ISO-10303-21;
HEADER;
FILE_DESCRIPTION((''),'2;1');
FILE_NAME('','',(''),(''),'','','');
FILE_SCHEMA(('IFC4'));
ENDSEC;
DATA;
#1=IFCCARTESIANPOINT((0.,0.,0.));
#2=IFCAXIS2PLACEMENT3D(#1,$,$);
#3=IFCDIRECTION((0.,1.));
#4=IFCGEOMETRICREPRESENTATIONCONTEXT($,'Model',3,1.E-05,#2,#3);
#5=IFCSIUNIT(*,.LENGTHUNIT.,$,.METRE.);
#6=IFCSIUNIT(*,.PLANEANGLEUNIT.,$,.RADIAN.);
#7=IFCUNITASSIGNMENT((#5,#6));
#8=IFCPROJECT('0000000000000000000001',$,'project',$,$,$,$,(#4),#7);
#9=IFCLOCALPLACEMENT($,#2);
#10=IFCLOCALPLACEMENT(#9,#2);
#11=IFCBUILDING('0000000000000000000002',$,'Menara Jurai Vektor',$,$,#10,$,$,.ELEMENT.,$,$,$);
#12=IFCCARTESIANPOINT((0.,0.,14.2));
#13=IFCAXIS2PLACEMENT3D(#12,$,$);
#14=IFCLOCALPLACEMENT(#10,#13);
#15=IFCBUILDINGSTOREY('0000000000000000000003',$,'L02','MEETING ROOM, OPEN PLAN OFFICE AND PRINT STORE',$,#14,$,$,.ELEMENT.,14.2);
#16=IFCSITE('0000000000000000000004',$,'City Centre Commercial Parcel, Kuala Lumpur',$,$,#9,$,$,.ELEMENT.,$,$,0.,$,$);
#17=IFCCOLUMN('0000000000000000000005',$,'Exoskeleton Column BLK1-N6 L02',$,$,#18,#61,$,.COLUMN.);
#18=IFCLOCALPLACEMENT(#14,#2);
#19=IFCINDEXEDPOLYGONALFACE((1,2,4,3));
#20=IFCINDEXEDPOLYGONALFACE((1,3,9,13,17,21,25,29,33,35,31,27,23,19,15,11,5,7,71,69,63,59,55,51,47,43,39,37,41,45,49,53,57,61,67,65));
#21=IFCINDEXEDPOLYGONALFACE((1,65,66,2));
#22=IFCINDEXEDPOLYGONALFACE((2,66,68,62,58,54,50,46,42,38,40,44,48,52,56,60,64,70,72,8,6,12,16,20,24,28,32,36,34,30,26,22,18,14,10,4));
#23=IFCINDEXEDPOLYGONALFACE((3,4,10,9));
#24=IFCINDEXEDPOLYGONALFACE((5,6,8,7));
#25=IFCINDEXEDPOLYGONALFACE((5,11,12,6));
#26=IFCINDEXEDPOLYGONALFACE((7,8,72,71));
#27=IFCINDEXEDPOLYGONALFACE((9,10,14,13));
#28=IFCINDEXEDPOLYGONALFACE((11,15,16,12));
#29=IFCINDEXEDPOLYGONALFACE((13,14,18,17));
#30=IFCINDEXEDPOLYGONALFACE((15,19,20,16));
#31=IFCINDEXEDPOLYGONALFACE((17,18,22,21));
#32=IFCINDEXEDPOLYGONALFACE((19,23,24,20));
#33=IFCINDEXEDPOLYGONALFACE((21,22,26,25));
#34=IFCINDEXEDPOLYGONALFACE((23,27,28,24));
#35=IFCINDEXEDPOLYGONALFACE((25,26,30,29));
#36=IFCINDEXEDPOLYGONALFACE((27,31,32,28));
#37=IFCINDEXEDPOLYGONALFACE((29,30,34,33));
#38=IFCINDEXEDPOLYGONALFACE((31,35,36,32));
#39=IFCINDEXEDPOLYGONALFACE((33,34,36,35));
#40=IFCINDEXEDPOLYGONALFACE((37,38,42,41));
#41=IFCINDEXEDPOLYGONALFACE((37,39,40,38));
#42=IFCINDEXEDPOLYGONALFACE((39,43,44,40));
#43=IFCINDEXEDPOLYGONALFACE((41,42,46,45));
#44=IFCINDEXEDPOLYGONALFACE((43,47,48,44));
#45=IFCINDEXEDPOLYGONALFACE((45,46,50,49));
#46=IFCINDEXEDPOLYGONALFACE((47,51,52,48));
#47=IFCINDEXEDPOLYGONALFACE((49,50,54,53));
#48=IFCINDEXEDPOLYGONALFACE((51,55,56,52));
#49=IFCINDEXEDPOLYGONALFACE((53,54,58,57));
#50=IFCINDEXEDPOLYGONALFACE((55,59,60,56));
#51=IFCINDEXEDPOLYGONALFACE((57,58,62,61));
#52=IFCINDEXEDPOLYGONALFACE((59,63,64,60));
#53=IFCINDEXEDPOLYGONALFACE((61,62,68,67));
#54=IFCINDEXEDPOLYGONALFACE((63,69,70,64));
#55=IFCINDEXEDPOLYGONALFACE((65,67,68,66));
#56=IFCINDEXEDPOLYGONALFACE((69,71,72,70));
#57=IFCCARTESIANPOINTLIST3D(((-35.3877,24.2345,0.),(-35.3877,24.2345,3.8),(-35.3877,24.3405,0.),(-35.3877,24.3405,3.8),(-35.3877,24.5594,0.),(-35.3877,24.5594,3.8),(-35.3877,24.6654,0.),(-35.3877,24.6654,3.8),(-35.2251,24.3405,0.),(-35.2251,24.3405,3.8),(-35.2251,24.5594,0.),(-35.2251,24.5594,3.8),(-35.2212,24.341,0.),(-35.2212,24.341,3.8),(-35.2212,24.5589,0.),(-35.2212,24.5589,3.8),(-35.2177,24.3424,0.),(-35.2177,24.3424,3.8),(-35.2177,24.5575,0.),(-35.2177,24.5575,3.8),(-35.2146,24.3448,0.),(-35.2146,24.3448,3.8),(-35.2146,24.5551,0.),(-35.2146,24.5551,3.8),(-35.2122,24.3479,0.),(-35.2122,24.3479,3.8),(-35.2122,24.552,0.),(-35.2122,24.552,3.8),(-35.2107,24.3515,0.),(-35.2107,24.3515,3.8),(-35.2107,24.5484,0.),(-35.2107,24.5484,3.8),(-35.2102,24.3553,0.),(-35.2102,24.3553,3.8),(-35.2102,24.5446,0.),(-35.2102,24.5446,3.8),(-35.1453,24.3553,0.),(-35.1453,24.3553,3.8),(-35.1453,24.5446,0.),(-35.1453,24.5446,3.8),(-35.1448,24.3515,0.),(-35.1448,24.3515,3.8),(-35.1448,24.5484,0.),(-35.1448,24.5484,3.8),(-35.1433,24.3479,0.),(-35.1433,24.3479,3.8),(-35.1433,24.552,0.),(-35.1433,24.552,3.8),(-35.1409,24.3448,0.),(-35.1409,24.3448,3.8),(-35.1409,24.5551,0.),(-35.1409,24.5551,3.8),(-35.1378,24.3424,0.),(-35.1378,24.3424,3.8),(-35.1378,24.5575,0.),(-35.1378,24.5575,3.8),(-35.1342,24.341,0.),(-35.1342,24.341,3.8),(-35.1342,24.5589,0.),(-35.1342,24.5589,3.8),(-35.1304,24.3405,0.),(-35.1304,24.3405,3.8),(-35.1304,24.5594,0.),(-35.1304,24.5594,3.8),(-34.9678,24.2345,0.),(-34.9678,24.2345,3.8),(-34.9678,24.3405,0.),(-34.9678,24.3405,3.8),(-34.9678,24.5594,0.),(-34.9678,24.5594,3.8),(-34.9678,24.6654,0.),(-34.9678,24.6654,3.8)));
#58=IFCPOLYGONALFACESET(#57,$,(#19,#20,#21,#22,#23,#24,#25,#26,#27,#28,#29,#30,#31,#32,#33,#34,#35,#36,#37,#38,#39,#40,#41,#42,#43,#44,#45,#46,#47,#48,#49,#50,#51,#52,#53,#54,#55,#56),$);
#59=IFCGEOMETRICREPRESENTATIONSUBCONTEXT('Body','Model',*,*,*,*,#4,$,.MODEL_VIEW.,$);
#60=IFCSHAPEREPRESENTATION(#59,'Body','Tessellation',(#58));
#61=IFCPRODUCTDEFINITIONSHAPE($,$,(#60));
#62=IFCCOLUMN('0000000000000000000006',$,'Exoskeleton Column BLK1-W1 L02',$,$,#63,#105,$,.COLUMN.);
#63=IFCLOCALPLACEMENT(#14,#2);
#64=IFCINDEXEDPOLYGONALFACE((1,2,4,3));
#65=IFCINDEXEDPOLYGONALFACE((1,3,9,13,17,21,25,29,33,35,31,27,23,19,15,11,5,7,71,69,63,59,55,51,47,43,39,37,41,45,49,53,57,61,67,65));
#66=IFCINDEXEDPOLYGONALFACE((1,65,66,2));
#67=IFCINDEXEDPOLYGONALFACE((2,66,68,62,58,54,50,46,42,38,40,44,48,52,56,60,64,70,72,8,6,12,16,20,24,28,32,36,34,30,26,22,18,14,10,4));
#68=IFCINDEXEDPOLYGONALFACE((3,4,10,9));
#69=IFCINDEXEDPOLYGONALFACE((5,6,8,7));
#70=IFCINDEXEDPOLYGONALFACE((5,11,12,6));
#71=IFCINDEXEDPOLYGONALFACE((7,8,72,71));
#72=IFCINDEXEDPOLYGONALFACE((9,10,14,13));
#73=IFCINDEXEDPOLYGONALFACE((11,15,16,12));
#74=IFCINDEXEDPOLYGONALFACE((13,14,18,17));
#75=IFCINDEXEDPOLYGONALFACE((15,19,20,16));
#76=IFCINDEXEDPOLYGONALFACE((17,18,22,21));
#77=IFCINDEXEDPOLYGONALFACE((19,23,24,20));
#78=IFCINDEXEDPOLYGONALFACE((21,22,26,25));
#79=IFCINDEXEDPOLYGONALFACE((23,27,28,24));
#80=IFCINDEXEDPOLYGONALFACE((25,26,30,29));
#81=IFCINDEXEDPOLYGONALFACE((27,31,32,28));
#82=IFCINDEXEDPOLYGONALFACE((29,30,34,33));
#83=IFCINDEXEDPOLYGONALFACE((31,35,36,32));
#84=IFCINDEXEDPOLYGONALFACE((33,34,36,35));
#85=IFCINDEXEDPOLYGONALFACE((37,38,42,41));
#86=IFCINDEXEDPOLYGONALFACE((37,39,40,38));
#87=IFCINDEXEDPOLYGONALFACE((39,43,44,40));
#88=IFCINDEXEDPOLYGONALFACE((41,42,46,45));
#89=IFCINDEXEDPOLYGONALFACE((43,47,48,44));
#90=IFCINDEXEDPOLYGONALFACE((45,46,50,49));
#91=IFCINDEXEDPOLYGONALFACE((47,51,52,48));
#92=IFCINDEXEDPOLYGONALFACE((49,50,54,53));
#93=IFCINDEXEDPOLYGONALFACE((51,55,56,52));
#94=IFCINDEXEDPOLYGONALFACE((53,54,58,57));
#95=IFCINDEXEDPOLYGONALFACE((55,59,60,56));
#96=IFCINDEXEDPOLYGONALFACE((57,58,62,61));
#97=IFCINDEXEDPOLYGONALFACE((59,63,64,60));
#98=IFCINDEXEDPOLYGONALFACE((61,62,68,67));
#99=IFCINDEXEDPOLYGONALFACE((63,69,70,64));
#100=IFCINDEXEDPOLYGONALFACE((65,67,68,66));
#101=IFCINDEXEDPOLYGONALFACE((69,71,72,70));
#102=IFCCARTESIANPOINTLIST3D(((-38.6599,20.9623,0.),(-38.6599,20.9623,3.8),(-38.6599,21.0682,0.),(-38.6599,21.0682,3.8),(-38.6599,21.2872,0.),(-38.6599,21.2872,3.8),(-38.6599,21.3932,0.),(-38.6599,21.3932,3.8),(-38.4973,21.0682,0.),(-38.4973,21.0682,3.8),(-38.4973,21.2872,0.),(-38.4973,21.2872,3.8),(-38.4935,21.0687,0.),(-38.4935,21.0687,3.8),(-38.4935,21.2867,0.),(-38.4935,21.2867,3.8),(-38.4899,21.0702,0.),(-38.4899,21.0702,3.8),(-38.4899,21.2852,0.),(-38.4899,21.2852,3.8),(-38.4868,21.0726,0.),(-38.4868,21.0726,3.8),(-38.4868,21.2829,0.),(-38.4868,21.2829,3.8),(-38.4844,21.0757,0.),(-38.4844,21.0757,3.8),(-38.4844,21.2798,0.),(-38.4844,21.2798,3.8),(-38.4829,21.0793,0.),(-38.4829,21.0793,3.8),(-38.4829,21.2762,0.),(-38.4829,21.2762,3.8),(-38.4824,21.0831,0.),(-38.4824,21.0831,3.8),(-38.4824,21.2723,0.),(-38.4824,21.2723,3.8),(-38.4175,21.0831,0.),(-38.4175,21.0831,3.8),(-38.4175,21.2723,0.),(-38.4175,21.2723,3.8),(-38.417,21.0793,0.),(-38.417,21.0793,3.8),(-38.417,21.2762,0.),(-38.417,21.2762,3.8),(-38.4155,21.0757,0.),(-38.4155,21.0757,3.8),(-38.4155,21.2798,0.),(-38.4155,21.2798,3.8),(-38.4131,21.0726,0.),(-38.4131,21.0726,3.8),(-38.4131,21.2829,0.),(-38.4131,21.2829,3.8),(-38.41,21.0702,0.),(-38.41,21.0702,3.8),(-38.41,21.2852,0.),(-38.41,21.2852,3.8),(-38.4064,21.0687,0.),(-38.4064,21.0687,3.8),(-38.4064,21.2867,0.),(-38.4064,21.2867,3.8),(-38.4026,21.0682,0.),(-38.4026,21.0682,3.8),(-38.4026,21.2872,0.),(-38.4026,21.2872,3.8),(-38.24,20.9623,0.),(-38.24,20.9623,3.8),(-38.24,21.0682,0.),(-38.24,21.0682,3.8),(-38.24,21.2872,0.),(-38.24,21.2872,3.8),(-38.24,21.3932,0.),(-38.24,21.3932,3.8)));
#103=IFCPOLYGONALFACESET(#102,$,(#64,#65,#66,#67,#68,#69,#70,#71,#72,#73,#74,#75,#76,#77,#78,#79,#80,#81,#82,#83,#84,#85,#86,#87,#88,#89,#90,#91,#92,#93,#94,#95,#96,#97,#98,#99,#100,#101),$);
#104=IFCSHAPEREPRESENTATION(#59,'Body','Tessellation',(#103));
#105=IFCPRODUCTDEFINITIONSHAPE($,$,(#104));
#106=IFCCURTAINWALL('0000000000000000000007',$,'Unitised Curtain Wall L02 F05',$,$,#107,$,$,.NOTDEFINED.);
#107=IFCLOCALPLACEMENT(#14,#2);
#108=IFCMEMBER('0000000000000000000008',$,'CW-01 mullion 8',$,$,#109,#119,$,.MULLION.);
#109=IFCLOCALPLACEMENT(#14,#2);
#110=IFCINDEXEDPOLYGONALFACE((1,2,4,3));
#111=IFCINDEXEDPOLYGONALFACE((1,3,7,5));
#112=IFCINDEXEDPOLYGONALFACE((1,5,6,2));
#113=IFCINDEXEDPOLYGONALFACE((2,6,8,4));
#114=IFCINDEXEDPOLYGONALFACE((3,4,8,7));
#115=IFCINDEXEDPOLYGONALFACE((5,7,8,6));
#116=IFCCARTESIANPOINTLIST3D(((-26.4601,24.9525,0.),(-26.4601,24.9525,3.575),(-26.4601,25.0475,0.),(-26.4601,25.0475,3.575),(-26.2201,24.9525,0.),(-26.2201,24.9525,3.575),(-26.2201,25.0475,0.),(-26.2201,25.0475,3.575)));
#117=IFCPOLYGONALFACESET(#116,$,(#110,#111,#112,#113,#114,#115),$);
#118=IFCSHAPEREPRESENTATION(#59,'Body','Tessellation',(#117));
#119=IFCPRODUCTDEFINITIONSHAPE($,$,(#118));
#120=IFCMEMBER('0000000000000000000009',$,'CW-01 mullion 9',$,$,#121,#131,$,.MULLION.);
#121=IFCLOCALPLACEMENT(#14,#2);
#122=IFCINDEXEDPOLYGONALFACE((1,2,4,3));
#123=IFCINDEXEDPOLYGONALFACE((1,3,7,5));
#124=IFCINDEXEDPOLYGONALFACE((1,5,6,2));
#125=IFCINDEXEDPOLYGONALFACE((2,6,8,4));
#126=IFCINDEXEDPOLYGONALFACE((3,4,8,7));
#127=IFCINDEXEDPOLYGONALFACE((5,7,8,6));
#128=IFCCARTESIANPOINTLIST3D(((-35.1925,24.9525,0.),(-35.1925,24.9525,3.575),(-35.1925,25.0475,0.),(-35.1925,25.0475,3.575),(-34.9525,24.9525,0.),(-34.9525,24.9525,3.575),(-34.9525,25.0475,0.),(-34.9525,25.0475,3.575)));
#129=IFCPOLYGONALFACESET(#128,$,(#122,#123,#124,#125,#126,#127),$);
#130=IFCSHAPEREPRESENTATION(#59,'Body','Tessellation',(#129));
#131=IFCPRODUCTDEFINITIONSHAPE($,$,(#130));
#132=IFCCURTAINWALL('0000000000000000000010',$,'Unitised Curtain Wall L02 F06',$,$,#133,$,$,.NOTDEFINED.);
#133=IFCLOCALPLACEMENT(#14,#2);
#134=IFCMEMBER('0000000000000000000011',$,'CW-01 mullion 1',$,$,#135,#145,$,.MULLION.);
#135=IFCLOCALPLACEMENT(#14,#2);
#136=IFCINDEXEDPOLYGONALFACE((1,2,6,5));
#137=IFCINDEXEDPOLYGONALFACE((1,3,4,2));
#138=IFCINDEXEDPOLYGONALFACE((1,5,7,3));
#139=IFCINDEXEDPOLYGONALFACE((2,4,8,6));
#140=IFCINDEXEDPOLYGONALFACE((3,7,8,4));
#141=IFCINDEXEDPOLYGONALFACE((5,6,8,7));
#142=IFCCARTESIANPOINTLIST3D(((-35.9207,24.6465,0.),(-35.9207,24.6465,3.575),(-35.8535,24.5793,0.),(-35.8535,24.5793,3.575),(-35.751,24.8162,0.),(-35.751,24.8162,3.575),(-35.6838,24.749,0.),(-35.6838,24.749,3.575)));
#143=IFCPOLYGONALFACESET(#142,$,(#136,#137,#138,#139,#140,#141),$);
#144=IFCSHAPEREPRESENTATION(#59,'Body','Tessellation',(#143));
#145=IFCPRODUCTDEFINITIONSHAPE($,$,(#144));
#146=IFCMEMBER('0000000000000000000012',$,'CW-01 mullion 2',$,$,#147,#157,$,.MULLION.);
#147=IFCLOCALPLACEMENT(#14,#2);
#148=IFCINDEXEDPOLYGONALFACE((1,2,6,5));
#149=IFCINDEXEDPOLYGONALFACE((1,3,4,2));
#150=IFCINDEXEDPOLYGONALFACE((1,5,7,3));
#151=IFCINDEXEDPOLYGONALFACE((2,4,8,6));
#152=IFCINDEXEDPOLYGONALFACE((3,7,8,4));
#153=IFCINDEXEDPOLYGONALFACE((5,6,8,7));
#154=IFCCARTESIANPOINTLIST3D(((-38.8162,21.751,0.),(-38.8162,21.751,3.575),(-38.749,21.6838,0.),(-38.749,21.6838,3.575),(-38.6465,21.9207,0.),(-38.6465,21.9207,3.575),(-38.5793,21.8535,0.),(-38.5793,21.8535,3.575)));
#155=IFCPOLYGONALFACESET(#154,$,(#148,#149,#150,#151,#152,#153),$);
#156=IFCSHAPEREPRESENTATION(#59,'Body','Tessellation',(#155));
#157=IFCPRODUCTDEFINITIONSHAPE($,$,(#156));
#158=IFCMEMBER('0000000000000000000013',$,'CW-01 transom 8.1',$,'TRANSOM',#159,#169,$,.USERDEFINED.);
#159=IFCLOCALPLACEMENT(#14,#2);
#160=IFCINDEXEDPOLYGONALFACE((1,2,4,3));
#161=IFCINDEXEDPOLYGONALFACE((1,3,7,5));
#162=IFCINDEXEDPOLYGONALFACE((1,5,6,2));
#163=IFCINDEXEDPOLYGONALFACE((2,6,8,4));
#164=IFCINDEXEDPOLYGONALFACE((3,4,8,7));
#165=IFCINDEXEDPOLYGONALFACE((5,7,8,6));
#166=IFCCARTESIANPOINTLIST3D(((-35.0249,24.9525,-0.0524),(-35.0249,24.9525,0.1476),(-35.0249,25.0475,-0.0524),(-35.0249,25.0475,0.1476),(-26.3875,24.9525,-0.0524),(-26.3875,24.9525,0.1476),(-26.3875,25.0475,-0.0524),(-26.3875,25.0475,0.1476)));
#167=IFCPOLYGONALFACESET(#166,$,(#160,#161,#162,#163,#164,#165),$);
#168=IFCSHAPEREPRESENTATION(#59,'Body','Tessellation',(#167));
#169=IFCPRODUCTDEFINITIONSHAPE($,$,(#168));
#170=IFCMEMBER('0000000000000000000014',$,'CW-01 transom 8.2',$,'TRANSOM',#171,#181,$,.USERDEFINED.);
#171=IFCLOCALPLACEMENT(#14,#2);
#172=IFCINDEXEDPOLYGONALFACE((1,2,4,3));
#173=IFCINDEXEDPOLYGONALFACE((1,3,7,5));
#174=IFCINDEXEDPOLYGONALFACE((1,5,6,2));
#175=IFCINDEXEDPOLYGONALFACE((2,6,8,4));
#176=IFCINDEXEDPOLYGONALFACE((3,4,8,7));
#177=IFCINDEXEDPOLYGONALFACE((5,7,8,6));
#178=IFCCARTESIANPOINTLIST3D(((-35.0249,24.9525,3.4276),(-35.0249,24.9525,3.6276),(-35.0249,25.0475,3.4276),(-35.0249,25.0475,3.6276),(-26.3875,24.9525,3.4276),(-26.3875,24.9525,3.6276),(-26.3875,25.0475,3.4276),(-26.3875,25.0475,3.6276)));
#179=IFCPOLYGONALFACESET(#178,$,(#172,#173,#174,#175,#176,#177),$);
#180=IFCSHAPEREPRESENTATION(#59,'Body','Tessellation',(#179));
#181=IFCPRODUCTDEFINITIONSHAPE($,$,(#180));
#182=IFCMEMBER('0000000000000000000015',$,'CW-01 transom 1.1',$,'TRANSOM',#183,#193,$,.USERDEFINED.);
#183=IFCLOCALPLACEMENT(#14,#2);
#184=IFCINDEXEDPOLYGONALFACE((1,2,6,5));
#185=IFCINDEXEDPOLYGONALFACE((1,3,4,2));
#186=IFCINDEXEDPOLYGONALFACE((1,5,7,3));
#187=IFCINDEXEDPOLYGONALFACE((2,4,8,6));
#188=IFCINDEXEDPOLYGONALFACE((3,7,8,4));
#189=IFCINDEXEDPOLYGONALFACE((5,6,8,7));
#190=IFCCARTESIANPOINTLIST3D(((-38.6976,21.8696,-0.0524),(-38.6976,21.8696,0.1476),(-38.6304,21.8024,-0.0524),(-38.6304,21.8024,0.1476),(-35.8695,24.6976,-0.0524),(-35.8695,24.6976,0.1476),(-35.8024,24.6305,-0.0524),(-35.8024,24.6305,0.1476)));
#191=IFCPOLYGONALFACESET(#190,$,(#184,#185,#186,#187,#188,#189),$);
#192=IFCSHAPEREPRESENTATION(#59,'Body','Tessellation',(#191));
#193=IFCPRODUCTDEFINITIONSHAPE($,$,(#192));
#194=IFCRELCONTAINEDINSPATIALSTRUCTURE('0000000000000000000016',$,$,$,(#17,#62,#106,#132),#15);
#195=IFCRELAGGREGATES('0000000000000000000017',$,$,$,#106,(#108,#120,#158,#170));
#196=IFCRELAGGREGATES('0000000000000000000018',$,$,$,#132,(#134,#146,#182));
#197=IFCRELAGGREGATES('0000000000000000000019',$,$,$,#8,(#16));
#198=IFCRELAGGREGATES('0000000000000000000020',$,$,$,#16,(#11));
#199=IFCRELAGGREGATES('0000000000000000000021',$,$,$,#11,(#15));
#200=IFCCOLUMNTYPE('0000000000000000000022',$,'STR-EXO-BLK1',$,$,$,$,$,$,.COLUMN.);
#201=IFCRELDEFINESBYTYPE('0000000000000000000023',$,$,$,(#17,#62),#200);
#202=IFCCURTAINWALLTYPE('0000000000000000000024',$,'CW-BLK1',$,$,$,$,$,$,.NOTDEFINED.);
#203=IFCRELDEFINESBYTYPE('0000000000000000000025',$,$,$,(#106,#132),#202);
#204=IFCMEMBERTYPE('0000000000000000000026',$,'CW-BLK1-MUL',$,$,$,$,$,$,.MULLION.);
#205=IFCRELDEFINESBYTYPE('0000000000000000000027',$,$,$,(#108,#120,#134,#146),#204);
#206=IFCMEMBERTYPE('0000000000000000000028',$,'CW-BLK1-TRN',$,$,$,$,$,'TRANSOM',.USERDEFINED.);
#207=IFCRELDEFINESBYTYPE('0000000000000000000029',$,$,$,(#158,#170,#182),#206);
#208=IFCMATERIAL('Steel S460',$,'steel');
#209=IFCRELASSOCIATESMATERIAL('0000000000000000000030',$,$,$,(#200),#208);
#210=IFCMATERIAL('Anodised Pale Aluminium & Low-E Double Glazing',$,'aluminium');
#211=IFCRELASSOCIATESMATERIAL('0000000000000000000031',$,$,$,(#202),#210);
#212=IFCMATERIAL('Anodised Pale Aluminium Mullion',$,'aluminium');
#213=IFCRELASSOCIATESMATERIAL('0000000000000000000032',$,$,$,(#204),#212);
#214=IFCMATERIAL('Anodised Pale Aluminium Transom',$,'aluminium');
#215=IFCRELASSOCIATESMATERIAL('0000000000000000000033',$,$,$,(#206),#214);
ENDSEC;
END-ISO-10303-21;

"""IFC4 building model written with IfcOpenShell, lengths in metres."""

from ifc_helpers import new_model, si_unit, direction, frame, origin, origin_2d, place, context, subcontext, project, spatial, rectangle, i_section, extrude, material, material_profile, profile_set, type_object, element, aggregate, save


model = new_model("IFC4")

# Units and contexts
model_context = context("Model", 3, precision=1e-05, world=origin(), true_north=direction((0.0, 1.0)))
body_context = subcontext(model_context, "Body", "Model", "MODEL_VIEW")
ifc_project = project(units=[si_unit("LENGTHUNIT", "METRE"), si_unit("PLANEANGLEUNIT", "RADIAN")], contexts=[model_context])

# Site, building, storey
site_placement = place(None, origin())
site = spatial("IfcSite", under=ifc_project, at=site_placement, Name="City Centre Commercial Parcel, Kuala Lumpur", CompositionType="ELEMENT", RefElevation=0.0)
building_placement = place(site_placement, origin())
building = spatial("IfcBuilding", under=site, at=building_placement, Name="Menara Jurai Vektor", CompositionType="ELEMENT")
storey_placement = place(building_placement, frame((0.0, 0.0, 14.2)))
storey = spatial("IfcBuildingStorey", under=building, at=storey_placement, Name="L02", Description="MEETING ROOM, OPEN PLAN OFFICE AND PRINT STORE", CompositionType="ELEMENT", Elevation=14.2)

# Columns
ifc_material_1 = material(Name="Steel S460", Category="steel")
ifc_material_profile_1 = material_profile(ifc_material_1, i_section(OverallWidth=0.4199, OverallDepth=0.4309, WebThickness=0.0649, FlangeThickness=0.106, FilletRadius=0.0149, at=origin_2d()), Name="HD 400x900")
ifc_profile_set_1 = profile_set([ifc_material_profile_1], Name="Steel S460")
column_type = type_object("IfcColumnType", Name="STR-EXO-BLK1", PredefinedType="COLUMN", material=ifc_profile_set_1)
for number, where, z_axis, x_axis, name in (
    (1, (-35.1777, 24.45, 0.0), (0.0, 0.0, 1.0), (1.0, 0.0, 0.0), "Exoskeleton Column BLK1-N6 L02"),
    (2, (-38.45, 21.1777, 0.0), (0.0, 0.0, 1.0), (1.0, 0.0, 0.0), "Exoskeleton Column BLK1-W1 L02"),
):
    element("IfcColumn", number, at=place(storey_placement, frame(where, z_axis=z_axis, x_axis=x_axis)), inside=storey, type_object=column_type, Name=name, PredefinedType="COLUMN", context=body_context, shape_type="SweptSolid", body=[
        extrude(i_section(OverallWidth=0.4199, OverallDepth=0.4309, WebThickness=0.0649, FlangeThickness=0.106, FilletRadius=0.0149, at=origin_2d()), origin(), (0.0, 0.0, 1.0), 3.8),
    ])

# Curtain walls, members
ifc_material_2 = material(Name="Anodised Pale Aluminium & Low-E Double Glazing", Category="aluminium")
curtain_wall_type = type_object("IfcCurtainWallType", Name="CW-BLK1", PredefinedType="NOTDEFINED", material=ifc_material_2)
curtain_wall_1_placement = place(storey_placement, origin())
curtain_wall_1 = element("IfcCurtainWall", 3, at=curtain_wall_1_placement, inside=storey, type_object=curtain_wall_type, Name="Unitised Curtain Wall L02 F05", PredefinedType="NOTDEFINED")
ifc_material_3 = material(Name="Anodised Pale Aluminium Mullion", Category="aluminium")
ifc_material_profile_2 = material_profile(ifc_material_3, rectangle(XDim=0.095, YDim=0.24, at=origin_2d()), Name="ALU MUL 95x240")
ifc_profile_set_2 = profile_set([ifc_material_profile_2], Name="Anodised Pale Aluminium Mullion")
member_type_1 = type_object("IfcMemberType", Name="CW-BLK1-MUL", PredefinedType="MULLION", material=ifc_profile_set_2)
member_1_placement = place(storey_placement, frame((-26.3401, 25.0, 0.0), z_axis=(0.0, 0.0, 1.0), x_axis=(0.0, -1.0, 0.0)))
member_1 = element("IfcMember", 4, at=member_1_placement, type_object=member_type_1, Name="CW-01 mullion 8", PredefinedType="MULLION", context=body_context, shape_type="SweptSolid", body=[
    extrude(rectangle(XDim=0.095, YDim=0.24, at=origin_2d()), origin(), (0.0, 0.0, 1.0), 3.575),
])
member_2_placement = place(storey_placement, frame((-35.0725, 25.0, 0.0), z_axis=(0.0, 0.0, 1.0), x_axis=(0.0, -1.0, 0.0)))
member_2 = element("IfcMember", 5, at=member_2_placement, type_object=member_type_1, Name="CW-01 mullion 9", PredefinedType="MULLION", context=body_context, shape_type="SweptSolid", body=[
    extrude(rectangle(XDim=0.095, YDim=0.24, at=origin_2d()), origin(), (0.0, 0.0, 1.0), 3.575),
])
curtain_wall_2_placement = place(storey_placement, origin())
curtain_wall_2 = element("IfcCurtainWall", 6, at=curtain_wall_2_placement, inside=storey, type_object=curtain_wall_type, Name="Unitised Curtain Wall L02 F06", PredefinedType="NOTDEFINED")
member_3_placement = place(storey_placement, frame((-35.8022, 24.6978, 0.0), z_axis=(0.0, 0.0, 1.0), x_axis=(0.707107, -0.707107, 0.0)))
member_3 = element("IfcMember", 7, at=member_3_placement, type_object=member_type_1, Name="CW-01 mullion 1", PredefinedType="MULLION", context=body_context, shape_type="SweptSolid", body=[
    extrude(rectangle(XDim=0.095, YDim=0.24, at=origin_2d()), origin(), (0.0, 0.0, 1.0), 3.575),
])
member_4_placement = place(storey_placement, frame((-38.6978, 21.8022, 0.0), z_axis=(0.0, 0.0, 1.0), x_axis=(0.707107, -0.707107, 0.0)))
member_4 = element("IfcMember", 8, at=member_4_placement, type_object=member_type_1, Name="CW-01 mullion 2", PredefinedType="MULLION", context=body_context, shape_type="SweptSolid", body=[
    extrude(rectangle(XDim=0.095, YDim=0.24, at=origin_2d()), origin(), (0.0, 0.0, 1.0), 3.575),
])

# Members
ifc_material_4 = material(Name="Anodised Pale Aluminium Transom", Category="aluminium")
ifc_material_profile_3 = material_profile(ifc_material_4, rectangle(XDim=0.095, YDim=0.2, at=origin_2d()), Name="ALU TRN 95x200")
ifc_profile_set_3 = profile_set([ifc_material_profile_3], Name="Anodised Pale Aluminium Transom")
member_type_2 = type_object("IfcMemberType", Name="CW-BLK1-TRN", ElementType="TRANSOM", PredefinedType="USERDEFINED", material=ifc_profile_set_3)
member_5_placement = place(storey_placement, frame((-26.3875, 25.0, 0.0476), z_axis=(-1.0, 0.0, 0.0), x_axis=(0.0, -1.0, 0.0)))
member_5 = element("IfcMember", 9, at=member_5_placement, type_object=member_type_2, Name="CW-01 transom 8.1", ObjectType="TRANSOM", PredefinedType="USERDEFINED", context=body_context, shape_type="SweptSolid", body=[
    extrude(rectangle(XDim=0.095, YDim=0.2, at=origin_2d()), origin(), (0.0, 0.0, 1.0), 8.6375),
])
member_6_placement = place(storey_placement, frame((-26.3875, 25.0, 3.5276), z_axis=(-1.0, 0.0, 0.0), x_axis=(0.0, -1.0, 0.0)))
member_6 = element("IfcMember", 10, at=member_6_placement, type_object=member_type_2, Name="CW-01 transom 8.2", ObjectType="TRANSOM", PredefinedType="USERDEFINED", context=body_context, shape_type="SweptSolid", body=[
    extrude(rectangle(XDim=0.095, YDim=0.2, at=origin_2d()), origin(), (0.0, 0.0, 1.0), 8.6375),
])
member_7_placement = place(storey_placement, frame((-35.8359, 24.6641, 0.0476), z_axis=(-0.707107, -0.707107, 0.0), x_axis=(0.707107, -0.707107, 0.0)))
member_7 = element("IfcMember", 11, at=member_7_placement, type_object=member_type_2, Name="CW-01 transom 1.1", ObjectType="TRANSOM", PredefinedType="USERDEFINED", context=body_context, shape_type="SweptSolid", body=[
    extrude(rectangle(XDim=0.095, YDim=0.2, at=origin_2d()), origin(), (0.0, 0.0, 1.0), 3.9995),
])

aggregate(curtain_wall_1, [member_1, member_2, member_5, member_6])
aggregate(curtain_wall_2, [member_3, member_4, member_7])

save(model, "model.ifc")
